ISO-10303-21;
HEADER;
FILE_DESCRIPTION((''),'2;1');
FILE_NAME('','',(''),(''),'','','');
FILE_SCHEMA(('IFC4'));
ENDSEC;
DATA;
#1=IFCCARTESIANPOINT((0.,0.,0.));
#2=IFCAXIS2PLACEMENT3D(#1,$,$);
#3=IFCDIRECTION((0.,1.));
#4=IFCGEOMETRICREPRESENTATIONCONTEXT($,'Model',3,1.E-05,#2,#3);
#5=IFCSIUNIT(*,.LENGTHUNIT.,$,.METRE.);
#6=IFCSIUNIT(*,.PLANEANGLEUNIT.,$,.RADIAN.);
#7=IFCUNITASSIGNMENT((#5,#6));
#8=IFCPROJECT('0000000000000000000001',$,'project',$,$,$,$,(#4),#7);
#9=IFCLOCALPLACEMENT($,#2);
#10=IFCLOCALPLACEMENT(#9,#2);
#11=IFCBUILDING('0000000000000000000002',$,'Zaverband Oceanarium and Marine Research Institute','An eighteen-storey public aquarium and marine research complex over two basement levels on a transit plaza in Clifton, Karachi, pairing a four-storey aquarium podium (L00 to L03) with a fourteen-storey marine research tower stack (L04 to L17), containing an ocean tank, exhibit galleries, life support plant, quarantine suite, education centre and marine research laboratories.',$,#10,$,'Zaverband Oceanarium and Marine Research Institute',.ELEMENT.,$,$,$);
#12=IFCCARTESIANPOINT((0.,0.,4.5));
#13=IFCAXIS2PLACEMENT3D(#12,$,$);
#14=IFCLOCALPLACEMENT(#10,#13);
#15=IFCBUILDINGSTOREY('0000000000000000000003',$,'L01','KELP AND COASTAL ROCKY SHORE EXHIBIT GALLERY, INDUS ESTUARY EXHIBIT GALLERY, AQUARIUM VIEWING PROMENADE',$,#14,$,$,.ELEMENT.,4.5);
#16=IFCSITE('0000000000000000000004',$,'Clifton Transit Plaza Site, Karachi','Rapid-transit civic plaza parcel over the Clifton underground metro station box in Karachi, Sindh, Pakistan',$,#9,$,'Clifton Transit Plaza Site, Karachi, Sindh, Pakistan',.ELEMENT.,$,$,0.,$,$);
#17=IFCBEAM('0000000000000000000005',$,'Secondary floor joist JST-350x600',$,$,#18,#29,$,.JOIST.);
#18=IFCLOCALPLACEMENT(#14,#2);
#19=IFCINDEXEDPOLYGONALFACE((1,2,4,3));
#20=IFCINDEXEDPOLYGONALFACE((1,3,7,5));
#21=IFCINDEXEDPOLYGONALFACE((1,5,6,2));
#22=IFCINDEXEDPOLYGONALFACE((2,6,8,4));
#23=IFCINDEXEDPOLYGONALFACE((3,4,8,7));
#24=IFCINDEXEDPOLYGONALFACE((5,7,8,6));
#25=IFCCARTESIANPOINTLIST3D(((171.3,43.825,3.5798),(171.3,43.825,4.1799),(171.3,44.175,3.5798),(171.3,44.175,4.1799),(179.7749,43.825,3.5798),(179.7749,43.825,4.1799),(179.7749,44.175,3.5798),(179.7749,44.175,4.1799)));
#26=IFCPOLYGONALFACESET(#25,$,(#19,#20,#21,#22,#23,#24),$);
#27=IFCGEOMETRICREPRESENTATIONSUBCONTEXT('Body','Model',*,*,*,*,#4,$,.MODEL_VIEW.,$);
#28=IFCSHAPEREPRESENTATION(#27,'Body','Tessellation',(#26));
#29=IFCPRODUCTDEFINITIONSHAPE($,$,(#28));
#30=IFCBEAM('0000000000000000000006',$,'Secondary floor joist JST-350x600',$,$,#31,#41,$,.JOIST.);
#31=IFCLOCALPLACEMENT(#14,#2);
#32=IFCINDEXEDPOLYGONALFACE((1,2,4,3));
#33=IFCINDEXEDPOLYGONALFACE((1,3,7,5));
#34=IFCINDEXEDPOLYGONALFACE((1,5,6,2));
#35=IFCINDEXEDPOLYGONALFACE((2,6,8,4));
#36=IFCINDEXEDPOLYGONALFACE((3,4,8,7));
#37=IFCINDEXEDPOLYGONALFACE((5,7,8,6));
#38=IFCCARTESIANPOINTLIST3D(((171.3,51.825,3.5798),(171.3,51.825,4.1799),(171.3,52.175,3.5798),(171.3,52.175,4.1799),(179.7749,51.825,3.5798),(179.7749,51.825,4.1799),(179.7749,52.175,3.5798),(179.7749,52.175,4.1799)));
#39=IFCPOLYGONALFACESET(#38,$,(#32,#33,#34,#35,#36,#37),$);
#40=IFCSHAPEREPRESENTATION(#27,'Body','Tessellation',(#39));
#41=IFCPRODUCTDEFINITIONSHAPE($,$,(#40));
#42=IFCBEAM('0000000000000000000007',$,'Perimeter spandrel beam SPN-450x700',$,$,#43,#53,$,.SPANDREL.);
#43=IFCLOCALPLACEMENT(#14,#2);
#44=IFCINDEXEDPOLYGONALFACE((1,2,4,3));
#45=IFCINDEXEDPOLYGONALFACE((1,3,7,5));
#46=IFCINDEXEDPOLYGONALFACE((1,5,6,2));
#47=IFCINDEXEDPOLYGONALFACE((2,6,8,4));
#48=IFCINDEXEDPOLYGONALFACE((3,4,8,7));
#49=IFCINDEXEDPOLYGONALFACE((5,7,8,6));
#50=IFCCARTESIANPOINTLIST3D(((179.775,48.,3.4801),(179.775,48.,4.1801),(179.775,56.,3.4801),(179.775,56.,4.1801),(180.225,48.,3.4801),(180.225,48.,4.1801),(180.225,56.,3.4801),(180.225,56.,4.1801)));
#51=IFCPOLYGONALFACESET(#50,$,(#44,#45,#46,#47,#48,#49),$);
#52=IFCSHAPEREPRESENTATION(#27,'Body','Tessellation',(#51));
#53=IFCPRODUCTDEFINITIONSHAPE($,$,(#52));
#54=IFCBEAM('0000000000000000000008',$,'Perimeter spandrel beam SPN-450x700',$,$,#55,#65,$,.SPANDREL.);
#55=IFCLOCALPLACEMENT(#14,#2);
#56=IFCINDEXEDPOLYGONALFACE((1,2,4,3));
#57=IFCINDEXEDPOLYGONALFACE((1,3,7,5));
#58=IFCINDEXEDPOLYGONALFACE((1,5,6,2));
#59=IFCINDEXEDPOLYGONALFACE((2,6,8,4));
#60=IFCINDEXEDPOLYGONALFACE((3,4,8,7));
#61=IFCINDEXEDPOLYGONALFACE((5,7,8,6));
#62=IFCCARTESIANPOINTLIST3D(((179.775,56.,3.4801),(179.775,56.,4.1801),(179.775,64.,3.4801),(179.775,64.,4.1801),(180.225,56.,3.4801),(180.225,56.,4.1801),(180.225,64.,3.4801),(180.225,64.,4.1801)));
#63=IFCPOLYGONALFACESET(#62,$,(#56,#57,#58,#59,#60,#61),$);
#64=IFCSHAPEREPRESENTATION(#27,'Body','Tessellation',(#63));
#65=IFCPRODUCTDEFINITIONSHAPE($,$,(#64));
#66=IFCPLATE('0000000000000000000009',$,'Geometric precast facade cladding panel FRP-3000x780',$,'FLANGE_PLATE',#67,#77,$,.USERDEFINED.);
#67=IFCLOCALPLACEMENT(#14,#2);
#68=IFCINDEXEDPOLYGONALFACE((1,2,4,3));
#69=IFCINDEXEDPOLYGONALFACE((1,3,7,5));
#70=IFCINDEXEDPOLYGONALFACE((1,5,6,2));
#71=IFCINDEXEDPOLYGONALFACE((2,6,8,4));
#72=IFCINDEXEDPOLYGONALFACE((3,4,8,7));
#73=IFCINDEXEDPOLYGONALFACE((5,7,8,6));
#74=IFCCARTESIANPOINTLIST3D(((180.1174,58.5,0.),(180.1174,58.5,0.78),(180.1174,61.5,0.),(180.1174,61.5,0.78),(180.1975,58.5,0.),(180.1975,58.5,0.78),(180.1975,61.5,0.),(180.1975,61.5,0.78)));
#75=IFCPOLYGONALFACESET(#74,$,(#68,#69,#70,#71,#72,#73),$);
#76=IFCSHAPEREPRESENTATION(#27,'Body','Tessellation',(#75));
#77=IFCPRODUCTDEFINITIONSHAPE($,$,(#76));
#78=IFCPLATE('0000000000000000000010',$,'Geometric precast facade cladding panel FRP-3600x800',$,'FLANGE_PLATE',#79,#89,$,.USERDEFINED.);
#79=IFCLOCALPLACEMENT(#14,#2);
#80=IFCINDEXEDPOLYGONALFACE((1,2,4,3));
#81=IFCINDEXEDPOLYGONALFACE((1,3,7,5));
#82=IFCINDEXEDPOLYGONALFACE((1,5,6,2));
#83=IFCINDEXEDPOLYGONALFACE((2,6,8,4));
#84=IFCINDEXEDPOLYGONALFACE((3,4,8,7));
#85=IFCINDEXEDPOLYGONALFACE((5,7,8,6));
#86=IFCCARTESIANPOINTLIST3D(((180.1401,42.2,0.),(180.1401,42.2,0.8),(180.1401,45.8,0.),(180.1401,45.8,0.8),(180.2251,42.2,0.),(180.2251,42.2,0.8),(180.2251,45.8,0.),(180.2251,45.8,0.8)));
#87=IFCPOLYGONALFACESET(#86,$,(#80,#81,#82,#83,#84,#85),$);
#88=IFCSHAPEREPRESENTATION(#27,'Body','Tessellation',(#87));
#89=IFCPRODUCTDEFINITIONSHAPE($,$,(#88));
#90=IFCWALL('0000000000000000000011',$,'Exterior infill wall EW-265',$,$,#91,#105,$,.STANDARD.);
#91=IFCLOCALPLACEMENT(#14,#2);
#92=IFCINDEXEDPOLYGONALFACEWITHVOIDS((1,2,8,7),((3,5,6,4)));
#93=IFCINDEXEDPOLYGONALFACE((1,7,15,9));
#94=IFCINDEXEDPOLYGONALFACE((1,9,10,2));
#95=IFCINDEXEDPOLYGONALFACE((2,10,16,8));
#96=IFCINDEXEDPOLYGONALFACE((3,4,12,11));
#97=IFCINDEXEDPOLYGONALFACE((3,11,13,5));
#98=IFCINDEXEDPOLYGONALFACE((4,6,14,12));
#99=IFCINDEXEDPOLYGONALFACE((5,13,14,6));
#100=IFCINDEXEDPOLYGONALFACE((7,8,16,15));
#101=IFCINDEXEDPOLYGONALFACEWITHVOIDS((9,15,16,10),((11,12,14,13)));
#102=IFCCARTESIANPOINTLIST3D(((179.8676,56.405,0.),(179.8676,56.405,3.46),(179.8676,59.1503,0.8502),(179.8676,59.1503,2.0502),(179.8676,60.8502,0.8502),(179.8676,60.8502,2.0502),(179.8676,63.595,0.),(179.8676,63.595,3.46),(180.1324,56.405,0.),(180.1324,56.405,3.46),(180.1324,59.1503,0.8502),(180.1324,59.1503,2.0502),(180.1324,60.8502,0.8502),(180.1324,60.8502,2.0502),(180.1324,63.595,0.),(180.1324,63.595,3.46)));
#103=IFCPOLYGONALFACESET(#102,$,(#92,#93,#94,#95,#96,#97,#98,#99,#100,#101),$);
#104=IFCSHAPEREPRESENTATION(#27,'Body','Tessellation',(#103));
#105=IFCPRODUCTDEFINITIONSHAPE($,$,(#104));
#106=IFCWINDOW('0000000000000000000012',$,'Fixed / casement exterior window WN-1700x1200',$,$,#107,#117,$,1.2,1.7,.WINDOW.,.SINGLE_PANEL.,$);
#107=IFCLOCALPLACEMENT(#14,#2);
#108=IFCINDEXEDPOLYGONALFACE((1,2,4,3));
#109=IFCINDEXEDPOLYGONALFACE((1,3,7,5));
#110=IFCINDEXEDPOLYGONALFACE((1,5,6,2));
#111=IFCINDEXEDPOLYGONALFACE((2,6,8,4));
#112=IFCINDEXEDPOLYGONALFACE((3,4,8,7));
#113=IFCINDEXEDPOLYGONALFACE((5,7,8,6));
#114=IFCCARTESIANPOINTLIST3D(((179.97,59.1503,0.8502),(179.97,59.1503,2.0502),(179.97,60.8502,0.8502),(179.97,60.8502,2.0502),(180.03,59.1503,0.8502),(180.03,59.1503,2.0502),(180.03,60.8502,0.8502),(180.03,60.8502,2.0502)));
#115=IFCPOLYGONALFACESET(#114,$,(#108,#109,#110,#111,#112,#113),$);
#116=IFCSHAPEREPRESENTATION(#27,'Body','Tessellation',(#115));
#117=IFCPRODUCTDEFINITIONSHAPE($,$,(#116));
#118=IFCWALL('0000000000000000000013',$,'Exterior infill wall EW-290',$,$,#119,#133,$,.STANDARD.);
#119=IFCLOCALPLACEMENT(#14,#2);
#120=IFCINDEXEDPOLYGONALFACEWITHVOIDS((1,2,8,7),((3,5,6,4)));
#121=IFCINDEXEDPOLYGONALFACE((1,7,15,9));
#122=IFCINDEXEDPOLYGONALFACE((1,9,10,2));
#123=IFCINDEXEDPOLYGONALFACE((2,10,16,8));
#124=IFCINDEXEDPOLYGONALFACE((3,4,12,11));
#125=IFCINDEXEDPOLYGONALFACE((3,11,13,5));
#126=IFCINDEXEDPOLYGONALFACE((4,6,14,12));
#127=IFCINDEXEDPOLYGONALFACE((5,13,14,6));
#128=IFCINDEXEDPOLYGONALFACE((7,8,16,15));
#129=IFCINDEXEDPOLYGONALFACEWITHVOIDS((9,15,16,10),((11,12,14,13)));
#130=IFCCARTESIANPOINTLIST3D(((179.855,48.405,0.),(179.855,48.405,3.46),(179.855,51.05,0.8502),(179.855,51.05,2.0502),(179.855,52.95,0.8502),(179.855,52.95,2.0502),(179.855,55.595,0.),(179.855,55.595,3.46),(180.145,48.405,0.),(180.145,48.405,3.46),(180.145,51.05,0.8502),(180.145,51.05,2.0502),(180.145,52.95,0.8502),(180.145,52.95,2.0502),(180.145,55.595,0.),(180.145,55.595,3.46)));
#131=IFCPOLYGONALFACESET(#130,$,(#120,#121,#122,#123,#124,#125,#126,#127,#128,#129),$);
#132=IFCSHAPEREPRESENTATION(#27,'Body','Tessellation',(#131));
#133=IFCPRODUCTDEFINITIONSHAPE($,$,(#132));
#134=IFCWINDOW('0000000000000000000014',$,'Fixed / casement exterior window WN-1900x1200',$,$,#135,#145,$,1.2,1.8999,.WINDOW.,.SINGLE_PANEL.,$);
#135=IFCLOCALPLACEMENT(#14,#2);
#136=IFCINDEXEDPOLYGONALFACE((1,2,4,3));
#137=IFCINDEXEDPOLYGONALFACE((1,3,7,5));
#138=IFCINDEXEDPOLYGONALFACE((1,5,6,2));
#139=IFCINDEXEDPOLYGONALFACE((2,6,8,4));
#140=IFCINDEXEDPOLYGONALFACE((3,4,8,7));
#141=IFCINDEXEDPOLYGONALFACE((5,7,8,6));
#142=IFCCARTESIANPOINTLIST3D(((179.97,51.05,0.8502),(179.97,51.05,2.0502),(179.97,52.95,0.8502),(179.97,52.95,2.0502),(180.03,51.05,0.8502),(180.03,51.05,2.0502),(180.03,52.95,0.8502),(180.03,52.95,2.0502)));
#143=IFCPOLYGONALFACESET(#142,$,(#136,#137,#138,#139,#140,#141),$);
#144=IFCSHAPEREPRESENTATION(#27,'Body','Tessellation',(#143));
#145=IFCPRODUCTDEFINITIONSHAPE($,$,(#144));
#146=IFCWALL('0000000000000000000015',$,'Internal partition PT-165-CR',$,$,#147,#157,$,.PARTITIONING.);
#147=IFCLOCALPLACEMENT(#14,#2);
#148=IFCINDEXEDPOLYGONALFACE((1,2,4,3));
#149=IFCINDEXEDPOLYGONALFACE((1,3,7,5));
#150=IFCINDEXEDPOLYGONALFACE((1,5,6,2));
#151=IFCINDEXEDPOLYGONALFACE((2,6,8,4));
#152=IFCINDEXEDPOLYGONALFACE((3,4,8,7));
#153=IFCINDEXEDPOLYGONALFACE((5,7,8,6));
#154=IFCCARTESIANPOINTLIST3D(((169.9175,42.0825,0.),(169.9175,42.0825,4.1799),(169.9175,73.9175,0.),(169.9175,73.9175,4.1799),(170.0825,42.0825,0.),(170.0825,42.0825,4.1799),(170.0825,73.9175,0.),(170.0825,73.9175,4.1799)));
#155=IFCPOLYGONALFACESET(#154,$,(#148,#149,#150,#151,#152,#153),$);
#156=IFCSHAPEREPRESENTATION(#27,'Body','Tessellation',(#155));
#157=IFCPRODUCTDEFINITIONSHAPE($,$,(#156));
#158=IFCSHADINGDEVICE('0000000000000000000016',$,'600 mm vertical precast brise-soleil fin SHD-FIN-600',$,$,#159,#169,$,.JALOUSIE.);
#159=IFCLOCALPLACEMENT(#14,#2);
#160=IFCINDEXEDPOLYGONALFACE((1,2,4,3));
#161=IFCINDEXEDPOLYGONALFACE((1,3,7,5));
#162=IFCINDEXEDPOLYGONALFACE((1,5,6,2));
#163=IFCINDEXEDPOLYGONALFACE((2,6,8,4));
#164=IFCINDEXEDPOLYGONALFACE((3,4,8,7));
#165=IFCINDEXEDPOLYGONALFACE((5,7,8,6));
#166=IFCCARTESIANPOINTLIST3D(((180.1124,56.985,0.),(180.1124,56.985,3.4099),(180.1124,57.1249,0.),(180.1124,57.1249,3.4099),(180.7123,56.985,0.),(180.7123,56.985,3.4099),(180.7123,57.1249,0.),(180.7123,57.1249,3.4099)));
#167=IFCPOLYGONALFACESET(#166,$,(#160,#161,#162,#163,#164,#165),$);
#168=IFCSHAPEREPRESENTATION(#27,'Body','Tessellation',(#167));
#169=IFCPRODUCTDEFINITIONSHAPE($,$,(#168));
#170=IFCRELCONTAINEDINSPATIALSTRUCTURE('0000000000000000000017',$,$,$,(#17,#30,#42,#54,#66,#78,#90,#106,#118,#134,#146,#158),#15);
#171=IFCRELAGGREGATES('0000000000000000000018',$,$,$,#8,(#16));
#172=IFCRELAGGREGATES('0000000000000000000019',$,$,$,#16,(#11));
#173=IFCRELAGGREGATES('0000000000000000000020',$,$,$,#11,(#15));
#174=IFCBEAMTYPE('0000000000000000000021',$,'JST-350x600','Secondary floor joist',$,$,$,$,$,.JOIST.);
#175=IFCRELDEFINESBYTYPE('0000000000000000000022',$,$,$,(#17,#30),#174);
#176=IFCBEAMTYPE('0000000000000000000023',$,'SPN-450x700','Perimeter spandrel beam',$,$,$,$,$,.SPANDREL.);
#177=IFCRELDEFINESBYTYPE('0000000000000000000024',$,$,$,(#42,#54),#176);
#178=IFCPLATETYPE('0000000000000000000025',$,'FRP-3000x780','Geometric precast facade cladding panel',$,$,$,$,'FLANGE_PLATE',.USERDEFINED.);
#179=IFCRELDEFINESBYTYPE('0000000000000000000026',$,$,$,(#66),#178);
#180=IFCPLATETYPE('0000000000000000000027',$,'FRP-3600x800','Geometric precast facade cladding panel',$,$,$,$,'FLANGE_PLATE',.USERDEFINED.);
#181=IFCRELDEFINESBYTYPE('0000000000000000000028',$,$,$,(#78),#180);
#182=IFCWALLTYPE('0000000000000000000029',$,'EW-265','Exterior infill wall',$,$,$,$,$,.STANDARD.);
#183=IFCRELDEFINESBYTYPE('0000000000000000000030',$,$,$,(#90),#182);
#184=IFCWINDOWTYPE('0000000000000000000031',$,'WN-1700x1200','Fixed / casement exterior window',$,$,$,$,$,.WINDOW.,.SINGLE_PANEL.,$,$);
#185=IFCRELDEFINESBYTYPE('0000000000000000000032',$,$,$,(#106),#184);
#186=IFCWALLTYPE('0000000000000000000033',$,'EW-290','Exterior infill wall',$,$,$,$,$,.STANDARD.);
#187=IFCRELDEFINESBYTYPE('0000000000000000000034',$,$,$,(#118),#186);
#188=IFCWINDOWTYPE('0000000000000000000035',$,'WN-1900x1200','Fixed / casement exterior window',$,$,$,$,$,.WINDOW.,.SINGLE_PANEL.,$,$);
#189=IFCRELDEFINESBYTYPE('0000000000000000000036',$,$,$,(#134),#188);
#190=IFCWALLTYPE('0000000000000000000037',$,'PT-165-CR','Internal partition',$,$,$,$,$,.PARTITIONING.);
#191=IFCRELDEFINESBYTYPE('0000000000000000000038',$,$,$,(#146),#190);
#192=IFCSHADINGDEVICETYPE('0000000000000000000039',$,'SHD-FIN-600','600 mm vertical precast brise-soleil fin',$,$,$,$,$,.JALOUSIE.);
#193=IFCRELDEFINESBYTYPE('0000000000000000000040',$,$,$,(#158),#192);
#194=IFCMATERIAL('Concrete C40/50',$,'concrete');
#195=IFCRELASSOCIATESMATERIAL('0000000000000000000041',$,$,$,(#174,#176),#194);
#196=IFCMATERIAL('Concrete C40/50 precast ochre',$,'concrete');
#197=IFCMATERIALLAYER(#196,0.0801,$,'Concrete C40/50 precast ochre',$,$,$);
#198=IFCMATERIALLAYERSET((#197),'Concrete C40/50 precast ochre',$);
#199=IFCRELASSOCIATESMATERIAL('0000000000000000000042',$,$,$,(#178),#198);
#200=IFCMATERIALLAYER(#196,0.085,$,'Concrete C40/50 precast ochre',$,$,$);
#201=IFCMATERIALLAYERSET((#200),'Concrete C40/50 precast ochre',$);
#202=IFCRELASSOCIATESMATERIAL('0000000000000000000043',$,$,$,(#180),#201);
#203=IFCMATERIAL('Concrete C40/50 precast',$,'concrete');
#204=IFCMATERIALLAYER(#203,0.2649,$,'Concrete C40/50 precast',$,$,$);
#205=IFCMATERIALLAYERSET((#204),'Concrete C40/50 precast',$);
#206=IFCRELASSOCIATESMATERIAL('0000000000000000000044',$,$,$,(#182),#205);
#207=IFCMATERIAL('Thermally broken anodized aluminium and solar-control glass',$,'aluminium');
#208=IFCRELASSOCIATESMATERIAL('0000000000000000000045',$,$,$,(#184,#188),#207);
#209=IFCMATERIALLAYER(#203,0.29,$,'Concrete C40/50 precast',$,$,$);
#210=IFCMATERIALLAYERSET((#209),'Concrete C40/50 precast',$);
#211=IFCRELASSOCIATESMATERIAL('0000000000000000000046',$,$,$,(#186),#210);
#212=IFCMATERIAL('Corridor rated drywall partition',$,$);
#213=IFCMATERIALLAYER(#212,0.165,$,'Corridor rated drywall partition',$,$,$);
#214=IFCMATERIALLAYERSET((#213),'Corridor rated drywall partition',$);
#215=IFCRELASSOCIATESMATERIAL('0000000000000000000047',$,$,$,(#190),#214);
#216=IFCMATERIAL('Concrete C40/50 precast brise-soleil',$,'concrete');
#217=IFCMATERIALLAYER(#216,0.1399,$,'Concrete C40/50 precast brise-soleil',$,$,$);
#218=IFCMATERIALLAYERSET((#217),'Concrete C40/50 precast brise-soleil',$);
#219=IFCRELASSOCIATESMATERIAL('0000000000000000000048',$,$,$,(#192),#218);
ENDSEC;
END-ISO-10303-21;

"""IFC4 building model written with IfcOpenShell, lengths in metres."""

from ifc_helpers import new_model, si_unit, direction, frame, frame_2d, origin, origin_2d, place, context, subcontext, project, spatial, rectangle, extrude, material, layer, layer_set, material_profile, profile_set, type_object, element, fill, save


model = new_model("IFC4")

# Units and contexts
model_context = context("Model", 3, precision=1e-05, world=origin(), true_north=direction((0.0, 1.0)))
body_context = subcontext(model_context, "Body", "Model", "MODEL_VIEW")
ifc_project = project(units=[si_unit("LENGTHUNIT", "METRE"), si_unit("PLANEANGLEUNIT", "RADIAN")], contexts=[model_context])

# Site, building, storey
site_placement = place(None, origin())
site = spatial("IfcSite", under=ifc_project, at=site_placement, Name="Clifton Transit Plaza Site, Karachi", Description="Rapid-transit civic plaza parcel over the Clifton underground metro station box in Karachi, Sindh, Pakistan", LongName="Clifton Transit Plaza Site, Karachi, Sindh, Pakistan", CompositionType="ELEMENT", RefElevation=0.0)
building_placement = place(site_placement, origin())
building = spatial("IfcBuilding", under=site, at=building_placement, Name="Zaverband Oceanarium and Marine Research Institute", Description="An eighteen-storey public aquarium and marine research complex over two basement levels on a transit plaza in Clifton, Karachi, pairing a four-storey aquarium podium (L00 to L03) with a fourteen-storey marine research tower stack (L04 to L17), containing an ocean tank, exhibit galleries, life support plant, quarantine suite, education centre and marine research laboratories.", LongName="Zaverband Oceanarium and Marine Research Institute", CompositionType="ELEMENT")
storey_placement = place(building_placement, frame((0.0, 0.0, 4.5)))
storey = spatial("IfcBuildingStorey", under=building, at=storey_placement, Name="L01", Description="KELP AND COASTAL ROCKY SHORE EXHIBIT GALLERY, INDUS ESTUARY EXHIBIT GALLERY, AQUARIUM VIEWING PROMENADE", CompositionType="ELEMENT", Elevation=4.5)

# Beams
ifc_material_1 = material(Name="Concrete C40/50", Category="concrete")
ifc_material_profile_1 = material_profile(ifc_material_1, rectangle(XDim=0.3501, YDim=0.6001, at=origin_2d()), Name="RC350x600")
ifc_profile_set_1 = profile_set([ifc_material_profile_1], Name="Concrete C40/50")
beam_type_1 = type_object("IfcBeamType", Name="JST-350x600", Description="Secondary floor joist", PredefinedType="JOIST", material=ifc_profile_set_1)
for number, where, z_axis, x_axis, name in (
    (1, (171.3, 44.0, 3.8799), (1.0, 0.0, 0.0), (0.0, 1.0, 0.0), "Secondary floor joist JST-350x600"),
    (2, (171.3, 52.0, 3.8799), (1.0, 0.0, 0.0), (0.0, 1.0, 0.0), "Secondary floor joist JST-350x600"),
):
    element("IfcBeam", number, at=place(storey_placement, frame(where, z_axis=z_axis, x_axis=x_axis)), inside=storey, type_object=beam_type_1, Name=name, PredefinedType="JOIST", context=body_context, shape_type="SweptSolid", body=[
        extrude(rectangle(XDim=0.3501, YDim=0.6001, at=origin_2d()), origin(), (0.0, 0.0, 1.0), 8.4749),
    ])
ifc_material_profile_2 = material_profile(ifc_material_1, rectangle(XDim=0.45, YDim=0.7, at=origin_2d()), Name="RC450x700")
ifc_profile_set_2 = profile_set([ifc_material_profile_2], Name="Concrete C40/50")
beam_type_2 = type_object("IfcBeamType", Name="SPN-450x700", Description="Perimeter spandrel beam", PredefinedType="SPANDREL", material=ifc_profile_set_2)
for number, where, z_axis, x_axis, name in (
    (3, (180.0, 48.0, 3.8301), (0.0, 1.0, 0.0), (-1.0, 0.0, 0.0), "Perimeter spandrel beam SPN-450x700"),
    (4, (180.0, 56.0, 3.8301), (0.0, 1.0, 0.0), (-1.0, 0.0, 0.0), "Perimeter spandrel beam SPN-450x700"),
):
    element("IfcBeam", number, at=place(storey_placement, frame(where, z_axis=z_axis, x_axis=x_axis)), inside=storey, type_object=beam_type_2, Name=name, PredefinedType="SPANDREL", context=body_context, shape_type="SweptSolid", body=[
        extrude(rectangle(XDim=0.45, YDim=0.7, at=origin_2d()), origin(), (0.0, 0.0, 1.0), 8.0),
    ])

# Plates
ifc_material_2 = material(Name="Concrete C40/50 precast ochre", Category="concrete")
ifc_layer_1 = layer(ifc_material_2, 0.0801, Name="Concrete C40/50 precast ochre")
ifc_layer_set_1 = layer_set([ifc_layer_1], Name="Concrete C40/50 precast ochre")
plate_type_1 = type_object("IfcPlateType", Name="FRP-3000x780", Description="Geometric precast facade cladding panel", ElementType="FLANGE_PLATE", PredefinedType="USERDEFINED", material=ifc_layer_set_1)
plate_1_placement = place(storey_placement, frame((180.1575, 58.5, 0.0), z_axis=(0.0, 0.0, 1.0), x_axis=(0.0, 1.0, 0.0)))
element("IfcPlate", 5, at=plate_1_placement, inside=storey, type_object=plate_type_1, Name="Geometric precast facade cladding panel FRP-3000x780", ObjectType="FLANGE_PLATE", PredefinedType="USERDEFINED", context=body_context, shape_type="SweptSolid", body=[
    extrude(rectangle(XDim=3.0, YDim=0.0801, at=frame_2d((1.5, 0.0))), origin(), (0.0, 0.0, 1.0), 0.78),
])
ifc_layer_2 = layer(ifc_material_2, 0.085, Name="Concrete C40/50 precast ochre")
ifc_layer_set_2 = layer_set([ifc_layer_2], Name="Concrete C40/50 precast ochre")
plate_type_2 = type_object("IfcPlateType", Name="FRP-3600x800", Description="Geometric precast facade cladding panel", ElementType="FLANGE_PLATE", PredefinedType="USERDEFINED", material=ifc_layer_set_2)
plate_2_placement = place(storey_placement, frame((180.1826, 42.2, 0.0), z_axis=(0.0, 0.0, 1.0), x_axis=(0.0, 1.0, 0.0)))
element("IfcPlate", 6, at=plate_2_placement, inside=storey, type_object=plate_type_2, Name="Geometric precast facade cladding panel FRP-3600x800", ObjectType="FLANGE_PLATE", PredefinedType="USERDEFINED", context=body_context, shape_type="SweptSolid", body=[
    extrude(rectangle(XDim=3.6001, YDim=0.085, at=frame_2d((1.8, 0.0))), origin(), (0.0, 0.0, 1.0), 0.8),
])

# Walls, openings, windows
ifc_material_3 = material(Name="Concrete C40/50 precast", Category="concrete")
ifc_layer_3 = layer(ifc_material_3, 0.2649, Name="Concrete C40/50 precast")
ifc_layer_set_3 = layer_set([ifc_layer_3], Name="Concrete C40/50 precast")
wall_type_1 = type_object("IfcWallType", Name="EW-265", Description="Exterior infill wall", PredefinedType="STANDARD", material=ifc_layer_set_3)
wall_1_placement = place(storey_placement, frame((180.0, 56.405, 0.0), z_axis=(0.0, 0.0, 1.0), x_axis=(0.0, 1.0, 0.0)))
wall_1 = element("IfcWall", 7, at=wall_1_placement, inside=storey, type_object=wall_type_1, Name="Exterior infill wall EW-265", PredefinedType="STANDARD", context=body_context, shape_type="SweptSolid", body=[
    extrude(rectangle(XDim=7.1899, YDim=0.2649, at=frame_2d((3.595, 0.0))), origin(), (0.0, 0.0, 1.0), 3.46),
])
opening_1_placement = place(wall_1_placement, frame((2.7451, 0.0, 0.8501)))
opening_1 = element("IfcOpeningElement", 8, at=opening_1_placement, cuts=wall_1, PredefinedType="OPENING", context=body_context, shape_type="SweptSolid", body=[
    extrude(rectangle(XDim=1.7, YDim=1.2, at=frame_2d((0.8501, 0.6001))), frame((0.0, 0.1445, 0.0), z_axis=(0.0, -1.0, 0.0), x_axis=(1.0, 0.0, 0.0)), (0.0, 0.0, 1.0), 0.2888),
])
ifc_material_4 = material(Name="Thermally broken anodized aluminium and solar-control glass", Category="aluminium")
window_type_1 = type_object("IfcWindowType", Name="WN-1700x1200", Description="Fixed / casement exterior window", PartitioningType="SINGLE_PANEL", PredefinedType="WINDOW", material=ifc_material_4)
window_1_placement = place(opening_1_placement, origin())
window_1 = element("IfcWindow", 9, at=window_1_placement, inside=storey, type_object=window_type_1, Name="Fixed / casement exterior window WN-1700x1200", OverallHeight=1.2, OverallWidth=1.7, PartitioningType="SINGLE_PANEL", PredefinedType="WINDOW", context=body_context, shape_type="SweptSolid", body=[
    extrude(rectangle(XDim=1.7, YDim=1.2, at=frame_2d((0.8501, 0.6001))), frame((0.0, 0.03, 0.0), z_axis=(0.0, -1.0, 0.0), x_axis=(1.0, 0.0, 0.0)), (0.0, 0.0, 1.0), 0.0601),
])
fill(opening_1, window_1)
ifc_layer_4 = layer(ifc_material_3, 0.29, Name="Concrete C40/50 precast")
ifc_layer_set_4 = layer_set([ifc_layer_4], Name="Concrete C40/50 precast")
wall_type_2 = type_object("IfcWallType", Name="EW-290", Description="Exterior infill wall", PredefinedType="STANDARD", material=ifc_layer_set_4)
wall_2_placement = place(storey_placement, frame((180.0, 48.405, 0.0), z_axis=(0.0, 0.0, 1.0), x_axis=(0.0, 1.0, 0.0)))
wall_2 = element("IfcWall", 10, at=wall_2_placement, inside=storey, type_object=wall_type_2, Name="Exterior infill wall EW-290", PredefinedType="STANDARD", context=body_context, shape_type="SweptSolid", body=[
    extrude(rectangle(XDim=7.1899, YDim=0.29, at=frame_2d((3.595, 0.0))), origin(), (0.0, 0.0, 1.0), 3.46),
])
opening_2_placement = place(wall_2_placement, frame((2.645, 0.0, 0.8501)))
opening_2 = element("IfcOpeningElement", 11, at=opening_2_placement, cuts=wall_2, PredefinedType="OPENING", context=body_context, shape_type="SweptSolid", body=[
    extrude(rectangle(XDim=1.8999, YDim=1.2, at=frame_2d((0.95, 0.6001))), frame((0.0, 0.157, 0.0), z_axis=(0.0, -1.0, 0.0), x_axis=(1.0, 0.0, 0.0)), (0.0, 0.0, 1.0), 0.314),
])
window_type_2 = type_object("IfcWindowType", Name="WN-1900x1200", Description="Fixed / casement exterior window", PartitioningType="SINGLE_PANEL", PredefinedType="WINDOW", material=ifc_material_4)
window_2_placement = place(opening_2_placement, origin())
window_2 = element("IfcWindow", 12, at=window_2_placement, inside=storey, type_object=window_type_2, Name="Fixed / casement exterior window WN-1900x1200", OverallHeight=1.2, OverallWidth=1.8999, PartitioningType="SINGLE_PANEL", PredefinedType="WINDOW", context=body_context, shape_type="SweptSolid", body=[
    extrude(rectangle(XDim=1.8999, YDim=1.2, at=frame_2d((0.95, 0.6001))), frame((0.0, 0.03, 0.0), z_axis=(0.0, -1.0, 0.0), x_axis=(1.0, 0.0, 0.0)), (0.0, 0.0, 1.0), 0.0601),
])
fill(opening_2, window_2)

# Wall
ifc_material_5 = material(Name="Corridor rated drywall partition")
ifc_layer_5 = layer(ifc_material_5, 0.165, Name="Corridor rated drywall partition")
ifc_layer_set_5 = layer_set([ifc_layer_5], Name="Corridor rated drywall partition")
wall_type_3 = type_object("IfcWallType", Name="PT-165-CR", Description="Internal partition", PredefinedType="PARTITIONING", material=ifc_layer_set_5)
wall_3_placement = place(storey_placement, frame((170.0, 42.0825, 0.0), z_axis=(0.0, 0.0, 1.0), x_axis=(0.0, 1.0, 0.0)))
element("IfcWall", 13, at=wall_3_placement, inside=storey, type_object=wall_type_3, Name="Internal partition PT-165-CR", PredefinedType="PARTITIONING", context=body_context, shape_type="SweptSolid", body=[
    extrude(rectangle(XDim=31.835, YDim=0.165, at=frame_2d((15.9175, 0.0))), origin(), (0.0, 0.0, 1.0), 4.1799),
])

# Shading device
ifc_material_6 = material(Name="Concrete C40/50 precast brise-soleil", Category="concrete")
ifc_layer_6 = layer(ifc_material_6, 0.1399, Name="Concrete C40/50 precast brise-soleil")
ifc_layer_set_6 = layer_set([ifc_layer_6], Name="Concrete C40/50 precast brise-soleil")
shading_device_type = type_object("IfcShadingDeviceType", Name="SHD-FIN-600", Description="600 mm vertical precast brise-soleil fin", PredefinedType="JALOUSIE", material=ifc_layer_set_6)
shading_device_placement = place(storey_placement, frame((180.1125, 57.0549, 0.0), z_axis=(0.0, 0.0, 1.0), x_axis=(1.0, 0.0, 0.0)))
element("IfcShadingDevice", 14, at=shading_device_placement, inside=storey, type_object=shading_device_type, Name="600 mm vertical precast brise-soleil fin SHD-FIN-600", PredefinedType="JALOUSIE", context=body_context, shape_type="SweptSolid", body=[
    extrude(rectangle(XDim=0.5999, YDim=0.1399, at=frame_2d((0.2998, 0.0))), origin(), (0.0, 0.0, 1.0), 3.4099),
])

save(model, "model.ifc")
